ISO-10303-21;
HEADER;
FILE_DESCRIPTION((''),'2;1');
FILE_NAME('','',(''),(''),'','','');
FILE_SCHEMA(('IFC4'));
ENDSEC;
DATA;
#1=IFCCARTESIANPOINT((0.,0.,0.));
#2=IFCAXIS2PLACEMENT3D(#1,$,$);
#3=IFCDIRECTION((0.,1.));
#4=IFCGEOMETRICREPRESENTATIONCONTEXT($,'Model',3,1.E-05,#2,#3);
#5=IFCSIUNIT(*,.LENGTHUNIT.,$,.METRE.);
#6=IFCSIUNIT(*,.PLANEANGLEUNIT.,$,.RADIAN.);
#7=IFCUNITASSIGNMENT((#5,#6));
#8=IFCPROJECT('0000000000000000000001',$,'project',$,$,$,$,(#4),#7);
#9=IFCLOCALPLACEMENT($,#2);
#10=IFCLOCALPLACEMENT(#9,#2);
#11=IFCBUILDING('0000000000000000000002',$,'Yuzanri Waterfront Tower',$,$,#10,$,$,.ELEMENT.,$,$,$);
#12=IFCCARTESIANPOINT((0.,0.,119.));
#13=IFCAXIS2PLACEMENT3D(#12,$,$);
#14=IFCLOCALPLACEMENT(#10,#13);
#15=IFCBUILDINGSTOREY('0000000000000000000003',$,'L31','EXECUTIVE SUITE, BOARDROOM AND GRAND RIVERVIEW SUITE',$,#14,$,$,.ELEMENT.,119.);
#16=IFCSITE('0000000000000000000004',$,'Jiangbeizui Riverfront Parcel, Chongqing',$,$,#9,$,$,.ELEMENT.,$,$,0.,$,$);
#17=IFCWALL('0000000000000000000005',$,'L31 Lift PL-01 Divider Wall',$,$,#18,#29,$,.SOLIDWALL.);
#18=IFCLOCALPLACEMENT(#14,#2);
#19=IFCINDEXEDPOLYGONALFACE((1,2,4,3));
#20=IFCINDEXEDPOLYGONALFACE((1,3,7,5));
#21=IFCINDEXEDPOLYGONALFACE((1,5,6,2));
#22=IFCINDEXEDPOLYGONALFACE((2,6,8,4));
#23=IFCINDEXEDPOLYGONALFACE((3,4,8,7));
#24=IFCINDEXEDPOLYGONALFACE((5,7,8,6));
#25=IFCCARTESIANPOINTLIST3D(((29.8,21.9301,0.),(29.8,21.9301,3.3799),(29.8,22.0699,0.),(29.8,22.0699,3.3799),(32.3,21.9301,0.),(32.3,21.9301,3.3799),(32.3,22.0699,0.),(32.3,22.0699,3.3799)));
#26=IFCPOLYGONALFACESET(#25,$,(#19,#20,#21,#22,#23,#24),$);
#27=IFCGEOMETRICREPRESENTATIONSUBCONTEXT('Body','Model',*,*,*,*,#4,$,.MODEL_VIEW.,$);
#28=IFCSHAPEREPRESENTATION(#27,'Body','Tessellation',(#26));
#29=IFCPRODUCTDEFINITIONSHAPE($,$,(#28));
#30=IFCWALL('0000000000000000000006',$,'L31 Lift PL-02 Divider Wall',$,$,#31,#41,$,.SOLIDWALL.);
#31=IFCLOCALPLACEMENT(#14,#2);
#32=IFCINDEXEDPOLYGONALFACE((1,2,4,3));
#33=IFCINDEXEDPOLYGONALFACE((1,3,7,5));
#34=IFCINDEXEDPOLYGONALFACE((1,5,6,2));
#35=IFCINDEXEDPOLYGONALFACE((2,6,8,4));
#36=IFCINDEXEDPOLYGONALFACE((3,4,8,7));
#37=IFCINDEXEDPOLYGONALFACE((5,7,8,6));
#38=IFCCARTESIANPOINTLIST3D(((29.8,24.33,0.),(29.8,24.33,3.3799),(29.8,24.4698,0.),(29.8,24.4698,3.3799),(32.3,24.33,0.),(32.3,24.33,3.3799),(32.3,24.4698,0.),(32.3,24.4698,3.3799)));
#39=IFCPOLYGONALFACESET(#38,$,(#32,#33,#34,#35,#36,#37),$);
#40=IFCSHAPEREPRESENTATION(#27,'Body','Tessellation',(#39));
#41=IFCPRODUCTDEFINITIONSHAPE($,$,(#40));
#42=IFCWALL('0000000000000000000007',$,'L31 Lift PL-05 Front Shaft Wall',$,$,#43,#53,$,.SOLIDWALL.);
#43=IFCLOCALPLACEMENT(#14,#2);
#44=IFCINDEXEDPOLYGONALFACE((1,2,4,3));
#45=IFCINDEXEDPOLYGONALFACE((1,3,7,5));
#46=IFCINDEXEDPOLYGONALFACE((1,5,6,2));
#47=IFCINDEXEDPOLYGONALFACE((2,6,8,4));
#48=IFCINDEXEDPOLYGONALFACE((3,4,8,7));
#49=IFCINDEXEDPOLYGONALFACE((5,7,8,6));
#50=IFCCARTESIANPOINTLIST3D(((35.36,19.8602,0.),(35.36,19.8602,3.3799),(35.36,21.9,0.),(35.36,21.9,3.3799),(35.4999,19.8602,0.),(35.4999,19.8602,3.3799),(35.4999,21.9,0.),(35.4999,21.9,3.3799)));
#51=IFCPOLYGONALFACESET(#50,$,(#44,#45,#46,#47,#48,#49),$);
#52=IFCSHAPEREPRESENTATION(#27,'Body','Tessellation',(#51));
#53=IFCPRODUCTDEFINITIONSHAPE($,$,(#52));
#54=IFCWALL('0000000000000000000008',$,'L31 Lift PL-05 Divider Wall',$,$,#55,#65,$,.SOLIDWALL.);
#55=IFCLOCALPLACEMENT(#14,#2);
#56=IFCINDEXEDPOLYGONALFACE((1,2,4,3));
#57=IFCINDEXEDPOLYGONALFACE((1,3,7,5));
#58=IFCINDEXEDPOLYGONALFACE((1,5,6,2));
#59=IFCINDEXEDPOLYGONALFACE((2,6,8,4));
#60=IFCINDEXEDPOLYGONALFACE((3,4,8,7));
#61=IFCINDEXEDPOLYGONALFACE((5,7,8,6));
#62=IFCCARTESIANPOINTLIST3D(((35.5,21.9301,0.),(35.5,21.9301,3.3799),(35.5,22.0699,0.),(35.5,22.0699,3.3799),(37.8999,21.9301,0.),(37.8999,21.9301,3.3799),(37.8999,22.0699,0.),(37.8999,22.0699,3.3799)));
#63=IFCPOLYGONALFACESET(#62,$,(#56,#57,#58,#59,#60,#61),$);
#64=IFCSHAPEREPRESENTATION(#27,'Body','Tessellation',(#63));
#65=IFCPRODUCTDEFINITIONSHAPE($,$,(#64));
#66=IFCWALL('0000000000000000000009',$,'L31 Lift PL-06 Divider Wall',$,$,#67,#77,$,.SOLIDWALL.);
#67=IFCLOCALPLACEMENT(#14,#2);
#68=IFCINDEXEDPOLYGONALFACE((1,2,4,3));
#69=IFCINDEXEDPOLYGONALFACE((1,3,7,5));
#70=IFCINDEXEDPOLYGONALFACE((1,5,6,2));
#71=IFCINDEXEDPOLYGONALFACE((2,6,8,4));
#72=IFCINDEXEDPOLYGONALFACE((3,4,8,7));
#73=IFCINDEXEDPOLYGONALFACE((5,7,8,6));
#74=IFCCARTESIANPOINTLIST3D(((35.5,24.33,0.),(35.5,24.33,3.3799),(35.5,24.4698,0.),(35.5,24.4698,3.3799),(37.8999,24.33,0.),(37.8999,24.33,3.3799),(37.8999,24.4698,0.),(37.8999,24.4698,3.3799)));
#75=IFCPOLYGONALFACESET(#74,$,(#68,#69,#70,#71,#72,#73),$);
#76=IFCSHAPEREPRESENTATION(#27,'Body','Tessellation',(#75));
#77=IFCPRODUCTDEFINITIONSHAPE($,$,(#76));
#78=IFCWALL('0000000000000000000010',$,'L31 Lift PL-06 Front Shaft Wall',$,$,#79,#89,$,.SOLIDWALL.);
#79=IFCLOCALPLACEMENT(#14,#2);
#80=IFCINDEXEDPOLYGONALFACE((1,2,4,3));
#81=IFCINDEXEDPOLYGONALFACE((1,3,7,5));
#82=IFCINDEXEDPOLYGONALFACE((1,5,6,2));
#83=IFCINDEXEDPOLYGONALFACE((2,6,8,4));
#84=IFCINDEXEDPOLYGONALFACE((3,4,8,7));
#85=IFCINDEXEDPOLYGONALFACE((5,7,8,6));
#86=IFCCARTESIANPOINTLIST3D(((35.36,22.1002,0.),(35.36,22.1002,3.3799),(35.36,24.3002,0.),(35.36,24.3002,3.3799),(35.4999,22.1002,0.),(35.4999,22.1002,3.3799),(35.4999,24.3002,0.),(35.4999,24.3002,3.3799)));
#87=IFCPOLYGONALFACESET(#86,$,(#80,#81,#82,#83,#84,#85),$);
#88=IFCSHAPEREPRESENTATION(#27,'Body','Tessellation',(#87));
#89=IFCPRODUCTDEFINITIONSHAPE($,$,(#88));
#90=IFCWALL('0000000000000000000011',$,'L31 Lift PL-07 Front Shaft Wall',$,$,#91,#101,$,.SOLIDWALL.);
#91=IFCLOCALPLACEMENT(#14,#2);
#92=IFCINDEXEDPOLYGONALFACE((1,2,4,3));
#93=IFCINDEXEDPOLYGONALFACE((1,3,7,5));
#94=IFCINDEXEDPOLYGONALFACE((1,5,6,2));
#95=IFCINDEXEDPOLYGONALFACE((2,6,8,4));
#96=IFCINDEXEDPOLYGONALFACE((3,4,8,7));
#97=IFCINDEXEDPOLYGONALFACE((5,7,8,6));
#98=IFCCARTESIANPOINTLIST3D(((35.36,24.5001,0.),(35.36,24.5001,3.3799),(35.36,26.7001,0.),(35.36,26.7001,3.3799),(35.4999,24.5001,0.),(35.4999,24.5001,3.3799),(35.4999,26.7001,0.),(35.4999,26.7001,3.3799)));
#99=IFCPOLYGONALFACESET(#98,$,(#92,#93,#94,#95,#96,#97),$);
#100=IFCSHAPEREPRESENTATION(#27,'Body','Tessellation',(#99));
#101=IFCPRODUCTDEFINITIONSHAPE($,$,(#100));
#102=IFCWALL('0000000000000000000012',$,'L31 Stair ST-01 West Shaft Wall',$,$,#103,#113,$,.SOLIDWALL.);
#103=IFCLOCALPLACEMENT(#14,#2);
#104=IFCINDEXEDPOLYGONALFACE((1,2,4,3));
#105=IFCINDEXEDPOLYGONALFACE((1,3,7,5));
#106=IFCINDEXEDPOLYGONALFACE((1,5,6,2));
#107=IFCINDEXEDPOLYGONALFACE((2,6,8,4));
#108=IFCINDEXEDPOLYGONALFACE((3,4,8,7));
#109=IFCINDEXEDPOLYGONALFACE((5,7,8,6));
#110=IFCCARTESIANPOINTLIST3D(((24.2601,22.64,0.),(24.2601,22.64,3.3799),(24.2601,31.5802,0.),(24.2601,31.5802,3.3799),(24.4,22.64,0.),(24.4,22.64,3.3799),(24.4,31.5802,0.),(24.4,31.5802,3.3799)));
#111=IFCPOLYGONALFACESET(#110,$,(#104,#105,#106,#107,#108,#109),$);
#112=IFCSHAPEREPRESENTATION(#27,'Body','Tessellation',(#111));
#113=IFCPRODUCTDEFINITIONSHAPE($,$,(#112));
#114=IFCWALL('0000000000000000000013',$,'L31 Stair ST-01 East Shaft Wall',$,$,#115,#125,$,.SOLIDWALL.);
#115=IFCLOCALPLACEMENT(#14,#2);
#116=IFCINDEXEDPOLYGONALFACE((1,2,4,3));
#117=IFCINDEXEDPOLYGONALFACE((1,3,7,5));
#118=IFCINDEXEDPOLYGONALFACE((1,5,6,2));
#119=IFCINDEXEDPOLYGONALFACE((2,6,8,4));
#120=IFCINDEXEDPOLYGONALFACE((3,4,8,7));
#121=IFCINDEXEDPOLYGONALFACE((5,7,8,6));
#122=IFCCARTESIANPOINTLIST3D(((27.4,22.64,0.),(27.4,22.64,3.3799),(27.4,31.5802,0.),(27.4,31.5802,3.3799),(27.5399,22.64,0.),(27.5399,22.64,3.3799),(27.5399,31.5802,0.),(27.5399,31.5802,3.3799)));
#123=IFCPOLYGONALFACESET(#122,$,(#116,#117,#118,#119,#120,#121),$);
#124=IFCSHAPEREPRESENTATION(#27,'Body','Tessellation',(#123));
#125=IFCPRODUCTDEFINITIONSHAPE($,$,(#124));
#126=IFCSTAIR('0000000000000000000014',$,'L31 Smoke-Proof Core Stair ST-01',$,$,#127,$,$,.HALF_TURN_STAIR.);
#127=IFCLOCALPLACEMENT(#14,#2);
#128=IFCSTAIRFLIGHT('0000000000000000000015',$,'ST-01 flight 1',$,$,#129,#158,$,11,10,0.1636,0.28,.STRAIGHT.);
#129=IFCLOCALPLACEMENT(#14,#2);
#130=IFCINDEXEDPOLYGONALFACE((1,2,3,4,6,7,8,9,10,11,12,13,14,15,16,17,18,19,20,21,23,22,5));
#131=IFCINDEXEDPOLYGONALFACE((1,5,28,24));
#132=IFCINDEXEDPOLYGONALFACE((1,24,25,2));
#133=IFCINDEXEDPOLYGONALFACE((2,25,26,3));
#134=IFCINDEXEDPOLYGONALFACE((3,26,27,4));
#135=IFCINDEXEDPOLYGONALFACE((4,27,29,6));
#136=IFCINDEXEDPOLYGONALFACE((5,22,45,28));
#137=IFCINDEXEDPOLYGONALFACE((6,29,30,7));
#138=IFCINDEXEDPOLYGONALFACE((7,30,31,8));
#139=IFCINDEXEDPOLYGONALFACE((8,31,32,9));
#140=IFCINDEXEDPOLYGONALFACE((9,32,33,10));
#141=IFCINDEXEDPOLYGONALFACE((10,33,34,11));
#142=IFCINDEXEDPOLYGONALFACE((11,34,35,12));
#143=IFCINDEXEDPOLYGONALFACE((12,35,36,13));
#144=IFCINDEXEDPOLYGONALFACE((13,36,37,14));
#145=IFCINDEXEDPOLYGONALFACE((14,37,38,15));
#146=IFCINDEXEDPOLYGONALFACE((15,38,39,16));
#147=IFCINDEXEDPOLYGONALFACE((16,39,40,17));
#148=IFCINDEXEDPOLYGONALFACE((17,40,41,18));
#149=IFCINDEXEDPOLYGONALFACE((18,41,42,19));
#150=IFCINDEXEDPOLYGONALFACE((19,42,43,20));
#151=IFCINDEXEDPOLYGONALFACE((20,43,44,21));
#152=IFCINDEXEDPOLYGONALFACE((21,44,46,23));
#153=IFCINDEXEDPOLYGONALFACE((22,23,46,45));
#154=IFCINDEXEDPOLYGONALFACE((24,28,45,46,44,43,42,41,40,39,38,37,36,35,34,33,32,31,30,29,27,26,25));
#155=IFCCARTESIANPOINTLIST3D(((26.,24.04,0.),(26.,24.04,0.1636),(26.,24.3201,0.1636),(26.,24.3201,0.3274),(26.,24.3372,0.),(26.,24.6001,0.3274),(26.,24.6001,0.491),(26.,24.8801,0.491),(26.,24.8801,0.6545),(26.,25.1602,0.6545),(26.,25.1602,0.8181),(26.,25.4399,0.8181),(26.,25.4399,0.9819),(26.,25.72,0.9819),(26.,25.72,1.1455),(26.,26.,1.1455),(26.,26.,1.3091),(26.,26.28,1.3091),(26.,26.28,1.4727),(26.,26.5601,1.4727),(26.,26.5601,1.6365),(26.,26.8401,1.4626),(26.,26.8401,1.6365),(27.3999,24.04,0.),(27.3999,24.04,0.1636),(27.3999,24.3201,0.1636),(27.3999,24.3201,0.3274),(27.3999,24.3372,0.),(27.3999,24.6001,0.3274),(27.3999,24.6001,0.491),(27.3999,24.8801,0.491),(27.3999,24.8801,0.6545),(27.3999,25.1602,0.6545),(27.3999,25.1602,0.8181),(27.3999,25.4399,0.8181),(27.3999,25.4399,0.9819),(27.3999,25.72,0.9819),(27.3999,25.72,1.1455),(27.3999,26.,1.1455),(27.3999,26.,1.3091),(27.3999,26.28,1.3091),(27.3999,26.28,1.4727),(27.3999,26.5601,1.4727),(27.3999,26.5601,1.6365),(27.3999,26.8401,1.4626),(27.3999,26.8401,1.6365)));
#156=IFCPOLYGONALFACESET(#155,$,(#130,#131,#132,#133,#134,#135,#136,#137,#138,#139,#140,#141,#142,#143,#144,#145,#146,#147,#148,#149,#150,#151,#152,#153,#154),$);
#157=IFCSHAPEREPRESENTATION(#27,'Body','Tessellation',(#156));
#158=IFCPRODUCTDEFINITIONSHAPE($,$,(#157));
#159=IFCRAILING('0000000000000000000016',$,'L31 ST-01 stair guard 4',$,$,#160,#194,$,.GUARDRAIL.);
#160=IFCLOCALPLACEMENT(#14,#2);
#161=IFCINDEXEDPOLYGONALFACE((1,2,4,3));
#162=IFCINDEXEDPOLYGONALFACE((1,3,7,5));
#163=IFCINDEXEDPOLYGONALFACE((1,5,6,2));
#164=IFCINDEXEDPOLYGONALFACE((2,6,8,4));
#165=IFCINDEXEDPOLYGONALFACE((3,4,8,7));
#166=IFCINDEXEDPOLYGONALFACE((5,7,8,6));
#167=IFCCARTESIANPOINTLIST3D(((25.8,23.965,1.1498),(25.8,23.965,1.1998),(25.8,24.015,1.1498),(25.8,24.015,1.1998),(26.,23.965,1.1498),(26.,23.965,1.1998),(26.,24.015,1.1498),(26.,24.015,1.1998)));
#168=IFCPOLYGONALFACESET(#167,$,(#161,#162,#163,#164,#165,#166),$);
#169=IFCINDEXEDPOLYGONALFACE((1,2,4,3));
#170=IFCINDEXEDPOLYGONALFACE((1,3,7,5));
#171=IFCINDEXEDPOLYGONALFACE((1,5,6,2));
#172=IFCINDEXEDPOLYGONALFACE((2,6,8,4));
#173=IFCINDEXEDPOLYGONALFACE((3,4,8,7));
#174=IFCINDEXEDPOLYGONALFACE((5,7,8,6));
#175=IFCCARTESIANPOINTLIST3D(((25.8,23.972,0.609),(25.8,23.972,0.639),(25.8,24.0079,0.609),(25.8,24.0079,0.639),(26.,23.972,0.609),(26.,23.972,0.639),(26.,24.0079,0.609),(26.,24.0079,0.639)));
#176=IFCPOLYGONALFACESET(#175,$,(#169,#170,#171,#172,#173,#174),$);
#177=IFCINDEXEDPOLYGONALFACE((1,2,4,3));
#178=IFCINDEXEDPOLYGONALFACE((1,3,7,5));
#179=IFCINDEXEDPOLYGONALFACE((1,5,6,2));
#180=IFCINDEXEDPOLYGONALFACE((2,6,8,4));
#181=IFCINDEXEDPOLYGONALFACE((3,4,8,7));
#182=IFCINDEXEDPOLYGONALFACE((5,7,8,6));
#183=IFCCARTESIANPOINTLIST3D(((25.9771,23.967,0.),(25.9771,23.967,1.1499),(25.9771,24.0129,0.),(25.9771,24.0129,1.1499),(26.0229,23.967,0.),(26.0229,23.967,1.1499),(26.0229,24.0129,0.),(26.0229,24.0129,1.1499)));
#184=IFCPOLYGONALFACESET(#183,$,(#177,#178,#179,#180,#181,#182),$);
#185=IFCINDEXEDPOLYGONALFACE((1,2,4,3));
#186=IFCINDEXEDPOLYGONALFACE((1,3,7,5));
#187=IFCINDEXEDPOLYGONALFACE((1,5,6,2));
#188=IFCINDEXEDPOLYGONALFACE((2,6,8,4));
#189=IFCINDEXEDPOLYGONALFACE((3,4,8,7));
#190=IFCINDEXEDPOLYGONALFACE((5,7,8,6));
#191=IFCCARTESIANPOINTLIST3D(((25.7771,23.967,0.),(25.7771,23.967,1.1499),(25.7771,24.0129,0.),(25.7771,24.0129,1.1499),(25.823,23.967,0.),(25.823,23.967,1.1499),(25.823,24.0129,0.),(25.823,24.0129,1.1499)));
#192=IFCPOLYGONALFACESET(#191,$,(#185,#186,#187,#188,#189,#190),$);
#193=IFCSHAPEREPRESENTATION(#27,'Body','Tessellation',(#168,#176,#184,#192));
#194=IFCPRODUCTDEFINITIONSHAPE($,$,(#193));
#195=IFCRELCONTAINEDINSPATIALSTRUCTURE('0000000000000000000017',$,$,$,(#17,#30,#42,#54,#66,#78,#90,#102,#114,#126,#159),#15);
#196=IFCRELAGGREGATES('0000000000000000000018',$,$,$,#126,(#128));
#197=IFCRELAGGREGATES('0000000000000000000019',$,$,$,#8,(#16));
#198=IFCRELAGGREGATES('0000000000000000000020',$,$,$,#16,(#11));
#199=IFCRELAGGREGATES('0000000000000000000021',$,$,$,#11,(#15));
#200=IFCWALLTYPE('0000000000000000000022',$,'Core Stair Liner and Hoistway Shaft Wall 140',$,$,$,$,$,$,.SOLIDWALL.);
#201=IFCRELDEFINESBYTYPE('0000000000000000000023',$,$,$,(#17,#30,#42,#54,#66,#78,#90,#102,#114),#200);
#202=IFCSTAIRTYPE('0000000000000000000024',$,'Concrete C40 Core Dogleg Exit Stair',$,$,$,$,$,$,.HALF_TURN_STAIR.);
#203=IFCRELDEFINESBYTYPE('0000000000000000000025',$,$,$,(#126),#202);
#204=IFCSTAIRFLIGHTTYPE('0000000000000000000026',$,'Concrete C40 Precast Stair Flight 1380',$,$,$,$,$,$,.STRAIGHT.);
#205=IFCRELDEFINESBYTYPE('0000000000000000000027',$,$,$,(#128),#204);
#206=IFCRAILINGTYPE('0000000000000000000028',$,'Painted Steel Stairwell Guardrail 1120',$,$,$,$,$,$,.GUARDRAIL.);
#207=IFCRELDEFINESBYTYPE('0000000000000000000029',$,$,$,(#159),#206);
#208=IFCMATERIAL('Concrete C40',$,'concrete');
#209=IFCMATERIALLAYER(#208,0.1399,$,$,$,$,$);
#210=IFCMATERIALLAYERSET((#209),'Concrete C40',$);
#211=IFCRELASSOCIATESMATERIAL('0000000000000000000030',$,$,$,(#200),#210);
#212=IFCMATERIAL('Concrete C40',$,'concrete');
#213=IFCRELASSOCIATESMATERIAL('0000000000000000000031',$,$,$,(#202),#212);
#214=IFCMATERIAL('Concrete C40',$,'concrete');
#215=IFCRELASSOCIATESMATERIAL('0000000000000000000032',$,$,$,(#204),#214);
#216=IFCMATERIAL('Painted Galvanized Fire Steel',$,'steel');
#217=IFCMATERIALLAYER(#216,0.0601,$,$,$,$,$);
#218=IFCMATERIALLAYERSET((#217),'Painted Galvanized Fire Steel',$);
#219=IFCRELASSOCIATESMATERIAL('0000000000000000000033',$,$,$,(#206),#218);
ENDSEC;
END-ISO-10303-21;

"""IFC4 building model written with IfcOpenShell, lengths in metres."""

from ifc_helpers import new_model, si_unit, direction, frame, frame_2d, origin, origin_2d, place, context, subcontext, project, spatial, polyline, rectangle, outline, extrude, source, transform, mapped, material, layer, layer_set, type_object, element, aggregate, save


model = new_model("IFC4")

# Units and contexts
model_context = context("Model", 3, precision=1e-05, world=origin(), true_north=direction((0.0, 1.0)))
body_context = subcontext(model_context, "Body", "Model", "MODEL_VIEW")
ifc_project = project(units=[si_unit("LENGTHUNIT", "METRE"), si_unit("PLANEANGLEUNIT", "RADIAN")], contexts=[model_context])

# Site, building, storey
site_placement = place(None, origin())
site = spatial("IfcSite", under=ifc_project, at=site_placement, Name="Jiangbeizui Riverfront Parcel, Chongqing", CompositionType="ELEMENT", RefElevation=0.0)
building_placement = place(site_placement, origin())
building = spatial("IfcBuilding", under=site, at=building_placement, Name="Yuzanri Waterfront Tower", CompositionType="ELEMENT")
storey_placement = place(building_placement, frame((0.0, 0.0, 119.0)))
storey = spatial("IfcBuildingStorey", under=building, at=storey_placement, Name="L31", Description="EXECUTIVE SUITE, BOARDROOM AND GRAND RIVERVIEW SUITE", CompositionType="ELEMENT", Elevation=119.0)

# Shared definitions
ifc_material_1 = material(Name="Concrete C40", Category="concrete")
ifc_layer_1 = layer(ifc_material_1, 0.1399)
ifc_layer_set_1 = layer_set([ifc_layer_1], Name="Concrete C40")
wall_type_1 = type_object("IfcWallType", Name="Core Stair Liner and Hoistway Shaft Wall 140", PredefinedType="SOLIDWALL", material=ifc_layer_set_1)

# Walls
shared_shape_1 = source(origin(), body_context, "Body", "SweptSolid", [
    extrude(rectangle(XDim=2.5, YDim=0.1399, at=frame_2d((1.25, 0.0))), origin(), (0.0, 0.0, 1.0), 3.3799),
])
for number, where, z_axis, x_axis, name in (
    (1, (29.8, 22.0, 0.0), (0.0, 0.0, 1.0), (1.0, 0.0, 0.0), "L31 Lift PL-01 Divider Wall"),
    (2, (29.8, 24.3999, 0.0), (0.0, 0.0, 1.0), (1.0, 0.0, 0.0), "L31 Lift PL-02 Divider Wall"),
):
    element("IfcWall", number, at=place(storey_placement, frame(where, z_axis=z_axis, x_axis=x_axis)), inside=storey, type_object=wall_type_1, Name=name, PredefinedType="SOLIDWALL", context=body_context, shape_type="MappedRepresentation", body=[
        mapped(shared_shape_1, transform((0.0, 0.0, 0.0), scale=1.0)),
    ])
shared_shape_2 = source(origin(), body_context, "Body", "SweptSolid", [
    extrude(rectangle(XDim=2.0398, YDim=0.1399, at=frame_2d((1.02, 0.0))), origin(), (0.0, 0.0, 1.0), 3.3799),
])
wall_1_placement = place(storey_placement, frame((35.4299, 19.8601, 0.0), z_axis=(0.0, 0.0, 1.0), x_axis=(0.0, 1.0, 0.0)))
element("IfcWall", 3, at=wall_1_placement, inside=storey, type_object=wall_type_1, Name="L31 Lift PL-05 Front Shaft Wall", PredefinedType="SOLIDWALL", context=body_context, shape_type="MappedRepresentation", body=[
    mapped(shared_shape_2, transform((0.0, 0.0, 0.0), scale=1.0)),
])
shared_shape_3 = source(origin(), body_context, "Body", "SweptSolid", [
    extrude(rectangle(XDim=2.3999, YDim=0.1399, at=frame_2d((1.2, 0.0))), origin(), (0.0, 0.0, 1.0), 3.3799),
])
for number, where, z_axis, x_axis, name in (
    (4, (35.5, 22.0, 0.0), (0.0, 0.0, 1.0), (1.0, 0.0, 0.0), "L31 Lift PL-05 Divider Wall"),
    (5, (35.5, 24.3999, 0.0), (0.0, 0.0, 1.0), (1.0, 0.0, 0.0), "L31 Lift PL-06 Divider Wall"),
):
    element("IfcWall", number, at=place(storey_placement, frame(where, z_axis=z_axis, x_axis=x_axis)), inside=storey, type_object=wall_type_1, Name=name, PredefinedType="SOLIDWALL", context=body_context, shape_type="MappedRepresentation", body=[
        mapped(shared_shape_3, transform((0.0, 0.0, 0.0), scale=1.0)),
    ])
shared_shape_4 = source(origin(), body_context, "Body", "SweptSolid", [
    extrude(rectangle(XDim=2.2, YDim=0.1399, at=frame_2d((1.1001, 0.0))), origin(), (0.0, 0.0, 1.0), 3.3799),
])
for number, where, z_axis, x_axis, name in (
    (6, (35.4299, 22.1001, 0.0), (0.0, 0.0, 1.0), (0.0, 1.0, 0.0), "L31 Lift PL-06 Front Shaft Wall"),
    (7, (35.4299, 24.5, 0.0), (0.0, 0.0, 1.0), (0.0, 1.0, 0.0), "L31 Lift PL-07 Front Shaft Wall"),
):
    element("IfcWall", number, at=place(storey_placement, frame(where, z_axis=z_axis, x_axis=x_axis)), inside=storey, type_object=wall_type_1, Name=name, PredefinedType="SOLIDWALL", context=body_context, shape_type="MappedRepresentation", body=[
        mapped(shared_shape_4, transform((0.0, 0.0, 0.0), scale=1.0)),
    ])
shared_shape_5 = source(origin(), body_context, "Body", "SweptSolid", [
    extrude(rectangle(XDim=8.9402, YDim=0.1399, at=frame_2d((4.4702, 0.0))), origin(), (0.0, 0.0, 1.0), 3.3799),
])
for number, where, z_axis, x_axis, name in (
    (8, (24.3301, 22.6399, 0.0), (0.0, 0.0, 1.0), (0.0, 1.0, 0.0), "L31 Stair ST-01 West Shaft Wall"),
    (9, (27.47, 22.6399, 0.0), (0.0, 0.0, 1.0), (0.0, 1.0, 0.0), "L31 Stair ST-01 East Shaft Wall"),
):
    element("IfcWall", number, at=place(storey_placement, frame(where, z_axis=z_axis, x_axis=x_axis)), inside=storey, type_object=wall_type_1, Name=name, PredefinedType="SOLIDWALL", context=body_context, shape_type="MappedRepresentation", body=[
        mapped(shared_shape_5, transform((0.0, 0.0, 0.0), scale=1.0)),
    ])

# Stair, stair flight
ifc_material_2 = material(Name="Concrete C40", Category="concrete")
stair_type = type_object("IfcStairType", Name="Concrete C40 Core Dogleg Exit Stair", PredefinedType="HALF_TURN_STAIR", material=ifc_material_2)
stair_placement = place(storey_placement, origin())
stair = element("IfcStair", 10, at=stair_placement, inside=storey, type_object=stair_type, Name="L31 Smoke-Proof Core Stair ST-01", PredefinedType="HALF_TURN_STAIR")
ifc_material_3 = material(Name="Concrete C40", Category="concrete")
stair_flight_type = type_object("IfcStairFlightType", Name="Concrete C40 Precast Stair Flight 1380", PredefinedType="STRAIGHT", material=ifc_material_3)
shared_shape_6 = source(origin(), body_context, "Body", "SweptSolid", [
    extrude(outline(polyline([(0.0, 0.0), (0.0, 0.1636), (0.28, 0.1636), (0.28, 0.3274), (0.5601, 0.3274), (0.5601, 0.491), (0.8401, 0.491), (0.8401, 0.6545), (1.1201, 0.6545), (1.1201, 0.8181), (1.3999, 0.8181), (1.3999, 0.9819), (1.6799, 0.9819), (1.6799, 1.1455), (1.96, 1.1455), (1.96, 1.3091), (2.24, 1.3091), (2.24, 1.4727), (2.52, 1.4727), (2.52, 1.6365), (2.8, 1.6365), (2.8, 1.8), (2.8, 1.4626), (0.2971, 0.0), (0.0, 0.0)])), frame((0.0, 0.7, 0.0), z_axis=(0.0, -1.0, 0.0), x_axis=(1.0, 0.0, 0.0)), (0.0, 0.0, 1.0), 1.3999),
])
stair_flight_placement = place(storey_placement, frame((26.7, 24.04, 0.0), z_axis=(0.0, 0.0, 1.0), x_axis=(0.0, 1.0, 0.0)))
stair_flight = element("IfcStairFlight", 11, at=stair_flight_placement, type_object=stair_flight_type, Name="ST-01 flight 1", NumberOfRisers=11, NumberOfTreads=10, PredefinedType="STRAIGHT", RiserHeight=0.1636, TreadLength=0.28, context=body_context, shape_type="MappedRepresentation", body=[
    mapped(shared_shape_6, transform((0.0, 0.0, 0.0), scale=1.0)),
])
aggregate(stair, [stair_flight])

# Railing
ifc_material_4 = material(Name="Painted Galvanized Fire Steel", Category="steel")
ifc_layer_2 = layer(ifc_material_4, 0.0601)
ifc_layer_set_2 = layer_set([ifc_layer_2], Name="Painted Galvanized Fire Steel")
railing_type_1 = type_object("IfcRailingType", Name="Painted Steel Stairwell Guardrail 1120", PredefinedType="GUARDRAIL", material=ifc_layer_set_2)
shared_shape_7 = source(origin(), body_context, "Body", "SweptSolid", [
    extrude(rectangle(XDim=0.05, YDim=0.05, at=origin_2d()), frame((0.0, 0.0, 1.1748), z_axis=(-1.0, 0.0, 0.0), x_axis=(0.0, -1.0, 0.0)), (0.0, 0.0, 1.0), 0.2),
    extrude(rectangle(XDim=0.0359, YDim=0.03, at=origin_2d()), frame((0.0, 0.0, 0.624), z_axis=(-1.0, 0.0, 0.0), x_axis=(0.0, -1.0, 0.0)), (0.0, 0.0, 1.0), 0.2),
    extrude(rectangle(XDim=0.0459, YDim=0.0459, at=origin_2d()), origin(), (0.0, 0.0, 1.0), 1.1499),
    extrude(rectangle(XDim=0.0459, YDim=0.0459, at=origin_2d()), frame((-0.2, 0.0, 0.0)), (0.0, 0.0, 1.0), 1.1499),
])
railing_1_placement = place(storey_placement, frame((26.0, 23.99, 0.0)))
element("IfcRailing", 12, at=railing_1_placement, inside=storey, type_object=railing_type_1, Name="L31 ST-01 stair guard 4", PredefinedType="GUARDRAIL", context=body_context, shape_type="MappedRepresentation", body=[
    mapped(shared_shape_7, transform((0.0, 0.0, 0.0), scale=1.0)),
])

save(model, "model.ifc")
